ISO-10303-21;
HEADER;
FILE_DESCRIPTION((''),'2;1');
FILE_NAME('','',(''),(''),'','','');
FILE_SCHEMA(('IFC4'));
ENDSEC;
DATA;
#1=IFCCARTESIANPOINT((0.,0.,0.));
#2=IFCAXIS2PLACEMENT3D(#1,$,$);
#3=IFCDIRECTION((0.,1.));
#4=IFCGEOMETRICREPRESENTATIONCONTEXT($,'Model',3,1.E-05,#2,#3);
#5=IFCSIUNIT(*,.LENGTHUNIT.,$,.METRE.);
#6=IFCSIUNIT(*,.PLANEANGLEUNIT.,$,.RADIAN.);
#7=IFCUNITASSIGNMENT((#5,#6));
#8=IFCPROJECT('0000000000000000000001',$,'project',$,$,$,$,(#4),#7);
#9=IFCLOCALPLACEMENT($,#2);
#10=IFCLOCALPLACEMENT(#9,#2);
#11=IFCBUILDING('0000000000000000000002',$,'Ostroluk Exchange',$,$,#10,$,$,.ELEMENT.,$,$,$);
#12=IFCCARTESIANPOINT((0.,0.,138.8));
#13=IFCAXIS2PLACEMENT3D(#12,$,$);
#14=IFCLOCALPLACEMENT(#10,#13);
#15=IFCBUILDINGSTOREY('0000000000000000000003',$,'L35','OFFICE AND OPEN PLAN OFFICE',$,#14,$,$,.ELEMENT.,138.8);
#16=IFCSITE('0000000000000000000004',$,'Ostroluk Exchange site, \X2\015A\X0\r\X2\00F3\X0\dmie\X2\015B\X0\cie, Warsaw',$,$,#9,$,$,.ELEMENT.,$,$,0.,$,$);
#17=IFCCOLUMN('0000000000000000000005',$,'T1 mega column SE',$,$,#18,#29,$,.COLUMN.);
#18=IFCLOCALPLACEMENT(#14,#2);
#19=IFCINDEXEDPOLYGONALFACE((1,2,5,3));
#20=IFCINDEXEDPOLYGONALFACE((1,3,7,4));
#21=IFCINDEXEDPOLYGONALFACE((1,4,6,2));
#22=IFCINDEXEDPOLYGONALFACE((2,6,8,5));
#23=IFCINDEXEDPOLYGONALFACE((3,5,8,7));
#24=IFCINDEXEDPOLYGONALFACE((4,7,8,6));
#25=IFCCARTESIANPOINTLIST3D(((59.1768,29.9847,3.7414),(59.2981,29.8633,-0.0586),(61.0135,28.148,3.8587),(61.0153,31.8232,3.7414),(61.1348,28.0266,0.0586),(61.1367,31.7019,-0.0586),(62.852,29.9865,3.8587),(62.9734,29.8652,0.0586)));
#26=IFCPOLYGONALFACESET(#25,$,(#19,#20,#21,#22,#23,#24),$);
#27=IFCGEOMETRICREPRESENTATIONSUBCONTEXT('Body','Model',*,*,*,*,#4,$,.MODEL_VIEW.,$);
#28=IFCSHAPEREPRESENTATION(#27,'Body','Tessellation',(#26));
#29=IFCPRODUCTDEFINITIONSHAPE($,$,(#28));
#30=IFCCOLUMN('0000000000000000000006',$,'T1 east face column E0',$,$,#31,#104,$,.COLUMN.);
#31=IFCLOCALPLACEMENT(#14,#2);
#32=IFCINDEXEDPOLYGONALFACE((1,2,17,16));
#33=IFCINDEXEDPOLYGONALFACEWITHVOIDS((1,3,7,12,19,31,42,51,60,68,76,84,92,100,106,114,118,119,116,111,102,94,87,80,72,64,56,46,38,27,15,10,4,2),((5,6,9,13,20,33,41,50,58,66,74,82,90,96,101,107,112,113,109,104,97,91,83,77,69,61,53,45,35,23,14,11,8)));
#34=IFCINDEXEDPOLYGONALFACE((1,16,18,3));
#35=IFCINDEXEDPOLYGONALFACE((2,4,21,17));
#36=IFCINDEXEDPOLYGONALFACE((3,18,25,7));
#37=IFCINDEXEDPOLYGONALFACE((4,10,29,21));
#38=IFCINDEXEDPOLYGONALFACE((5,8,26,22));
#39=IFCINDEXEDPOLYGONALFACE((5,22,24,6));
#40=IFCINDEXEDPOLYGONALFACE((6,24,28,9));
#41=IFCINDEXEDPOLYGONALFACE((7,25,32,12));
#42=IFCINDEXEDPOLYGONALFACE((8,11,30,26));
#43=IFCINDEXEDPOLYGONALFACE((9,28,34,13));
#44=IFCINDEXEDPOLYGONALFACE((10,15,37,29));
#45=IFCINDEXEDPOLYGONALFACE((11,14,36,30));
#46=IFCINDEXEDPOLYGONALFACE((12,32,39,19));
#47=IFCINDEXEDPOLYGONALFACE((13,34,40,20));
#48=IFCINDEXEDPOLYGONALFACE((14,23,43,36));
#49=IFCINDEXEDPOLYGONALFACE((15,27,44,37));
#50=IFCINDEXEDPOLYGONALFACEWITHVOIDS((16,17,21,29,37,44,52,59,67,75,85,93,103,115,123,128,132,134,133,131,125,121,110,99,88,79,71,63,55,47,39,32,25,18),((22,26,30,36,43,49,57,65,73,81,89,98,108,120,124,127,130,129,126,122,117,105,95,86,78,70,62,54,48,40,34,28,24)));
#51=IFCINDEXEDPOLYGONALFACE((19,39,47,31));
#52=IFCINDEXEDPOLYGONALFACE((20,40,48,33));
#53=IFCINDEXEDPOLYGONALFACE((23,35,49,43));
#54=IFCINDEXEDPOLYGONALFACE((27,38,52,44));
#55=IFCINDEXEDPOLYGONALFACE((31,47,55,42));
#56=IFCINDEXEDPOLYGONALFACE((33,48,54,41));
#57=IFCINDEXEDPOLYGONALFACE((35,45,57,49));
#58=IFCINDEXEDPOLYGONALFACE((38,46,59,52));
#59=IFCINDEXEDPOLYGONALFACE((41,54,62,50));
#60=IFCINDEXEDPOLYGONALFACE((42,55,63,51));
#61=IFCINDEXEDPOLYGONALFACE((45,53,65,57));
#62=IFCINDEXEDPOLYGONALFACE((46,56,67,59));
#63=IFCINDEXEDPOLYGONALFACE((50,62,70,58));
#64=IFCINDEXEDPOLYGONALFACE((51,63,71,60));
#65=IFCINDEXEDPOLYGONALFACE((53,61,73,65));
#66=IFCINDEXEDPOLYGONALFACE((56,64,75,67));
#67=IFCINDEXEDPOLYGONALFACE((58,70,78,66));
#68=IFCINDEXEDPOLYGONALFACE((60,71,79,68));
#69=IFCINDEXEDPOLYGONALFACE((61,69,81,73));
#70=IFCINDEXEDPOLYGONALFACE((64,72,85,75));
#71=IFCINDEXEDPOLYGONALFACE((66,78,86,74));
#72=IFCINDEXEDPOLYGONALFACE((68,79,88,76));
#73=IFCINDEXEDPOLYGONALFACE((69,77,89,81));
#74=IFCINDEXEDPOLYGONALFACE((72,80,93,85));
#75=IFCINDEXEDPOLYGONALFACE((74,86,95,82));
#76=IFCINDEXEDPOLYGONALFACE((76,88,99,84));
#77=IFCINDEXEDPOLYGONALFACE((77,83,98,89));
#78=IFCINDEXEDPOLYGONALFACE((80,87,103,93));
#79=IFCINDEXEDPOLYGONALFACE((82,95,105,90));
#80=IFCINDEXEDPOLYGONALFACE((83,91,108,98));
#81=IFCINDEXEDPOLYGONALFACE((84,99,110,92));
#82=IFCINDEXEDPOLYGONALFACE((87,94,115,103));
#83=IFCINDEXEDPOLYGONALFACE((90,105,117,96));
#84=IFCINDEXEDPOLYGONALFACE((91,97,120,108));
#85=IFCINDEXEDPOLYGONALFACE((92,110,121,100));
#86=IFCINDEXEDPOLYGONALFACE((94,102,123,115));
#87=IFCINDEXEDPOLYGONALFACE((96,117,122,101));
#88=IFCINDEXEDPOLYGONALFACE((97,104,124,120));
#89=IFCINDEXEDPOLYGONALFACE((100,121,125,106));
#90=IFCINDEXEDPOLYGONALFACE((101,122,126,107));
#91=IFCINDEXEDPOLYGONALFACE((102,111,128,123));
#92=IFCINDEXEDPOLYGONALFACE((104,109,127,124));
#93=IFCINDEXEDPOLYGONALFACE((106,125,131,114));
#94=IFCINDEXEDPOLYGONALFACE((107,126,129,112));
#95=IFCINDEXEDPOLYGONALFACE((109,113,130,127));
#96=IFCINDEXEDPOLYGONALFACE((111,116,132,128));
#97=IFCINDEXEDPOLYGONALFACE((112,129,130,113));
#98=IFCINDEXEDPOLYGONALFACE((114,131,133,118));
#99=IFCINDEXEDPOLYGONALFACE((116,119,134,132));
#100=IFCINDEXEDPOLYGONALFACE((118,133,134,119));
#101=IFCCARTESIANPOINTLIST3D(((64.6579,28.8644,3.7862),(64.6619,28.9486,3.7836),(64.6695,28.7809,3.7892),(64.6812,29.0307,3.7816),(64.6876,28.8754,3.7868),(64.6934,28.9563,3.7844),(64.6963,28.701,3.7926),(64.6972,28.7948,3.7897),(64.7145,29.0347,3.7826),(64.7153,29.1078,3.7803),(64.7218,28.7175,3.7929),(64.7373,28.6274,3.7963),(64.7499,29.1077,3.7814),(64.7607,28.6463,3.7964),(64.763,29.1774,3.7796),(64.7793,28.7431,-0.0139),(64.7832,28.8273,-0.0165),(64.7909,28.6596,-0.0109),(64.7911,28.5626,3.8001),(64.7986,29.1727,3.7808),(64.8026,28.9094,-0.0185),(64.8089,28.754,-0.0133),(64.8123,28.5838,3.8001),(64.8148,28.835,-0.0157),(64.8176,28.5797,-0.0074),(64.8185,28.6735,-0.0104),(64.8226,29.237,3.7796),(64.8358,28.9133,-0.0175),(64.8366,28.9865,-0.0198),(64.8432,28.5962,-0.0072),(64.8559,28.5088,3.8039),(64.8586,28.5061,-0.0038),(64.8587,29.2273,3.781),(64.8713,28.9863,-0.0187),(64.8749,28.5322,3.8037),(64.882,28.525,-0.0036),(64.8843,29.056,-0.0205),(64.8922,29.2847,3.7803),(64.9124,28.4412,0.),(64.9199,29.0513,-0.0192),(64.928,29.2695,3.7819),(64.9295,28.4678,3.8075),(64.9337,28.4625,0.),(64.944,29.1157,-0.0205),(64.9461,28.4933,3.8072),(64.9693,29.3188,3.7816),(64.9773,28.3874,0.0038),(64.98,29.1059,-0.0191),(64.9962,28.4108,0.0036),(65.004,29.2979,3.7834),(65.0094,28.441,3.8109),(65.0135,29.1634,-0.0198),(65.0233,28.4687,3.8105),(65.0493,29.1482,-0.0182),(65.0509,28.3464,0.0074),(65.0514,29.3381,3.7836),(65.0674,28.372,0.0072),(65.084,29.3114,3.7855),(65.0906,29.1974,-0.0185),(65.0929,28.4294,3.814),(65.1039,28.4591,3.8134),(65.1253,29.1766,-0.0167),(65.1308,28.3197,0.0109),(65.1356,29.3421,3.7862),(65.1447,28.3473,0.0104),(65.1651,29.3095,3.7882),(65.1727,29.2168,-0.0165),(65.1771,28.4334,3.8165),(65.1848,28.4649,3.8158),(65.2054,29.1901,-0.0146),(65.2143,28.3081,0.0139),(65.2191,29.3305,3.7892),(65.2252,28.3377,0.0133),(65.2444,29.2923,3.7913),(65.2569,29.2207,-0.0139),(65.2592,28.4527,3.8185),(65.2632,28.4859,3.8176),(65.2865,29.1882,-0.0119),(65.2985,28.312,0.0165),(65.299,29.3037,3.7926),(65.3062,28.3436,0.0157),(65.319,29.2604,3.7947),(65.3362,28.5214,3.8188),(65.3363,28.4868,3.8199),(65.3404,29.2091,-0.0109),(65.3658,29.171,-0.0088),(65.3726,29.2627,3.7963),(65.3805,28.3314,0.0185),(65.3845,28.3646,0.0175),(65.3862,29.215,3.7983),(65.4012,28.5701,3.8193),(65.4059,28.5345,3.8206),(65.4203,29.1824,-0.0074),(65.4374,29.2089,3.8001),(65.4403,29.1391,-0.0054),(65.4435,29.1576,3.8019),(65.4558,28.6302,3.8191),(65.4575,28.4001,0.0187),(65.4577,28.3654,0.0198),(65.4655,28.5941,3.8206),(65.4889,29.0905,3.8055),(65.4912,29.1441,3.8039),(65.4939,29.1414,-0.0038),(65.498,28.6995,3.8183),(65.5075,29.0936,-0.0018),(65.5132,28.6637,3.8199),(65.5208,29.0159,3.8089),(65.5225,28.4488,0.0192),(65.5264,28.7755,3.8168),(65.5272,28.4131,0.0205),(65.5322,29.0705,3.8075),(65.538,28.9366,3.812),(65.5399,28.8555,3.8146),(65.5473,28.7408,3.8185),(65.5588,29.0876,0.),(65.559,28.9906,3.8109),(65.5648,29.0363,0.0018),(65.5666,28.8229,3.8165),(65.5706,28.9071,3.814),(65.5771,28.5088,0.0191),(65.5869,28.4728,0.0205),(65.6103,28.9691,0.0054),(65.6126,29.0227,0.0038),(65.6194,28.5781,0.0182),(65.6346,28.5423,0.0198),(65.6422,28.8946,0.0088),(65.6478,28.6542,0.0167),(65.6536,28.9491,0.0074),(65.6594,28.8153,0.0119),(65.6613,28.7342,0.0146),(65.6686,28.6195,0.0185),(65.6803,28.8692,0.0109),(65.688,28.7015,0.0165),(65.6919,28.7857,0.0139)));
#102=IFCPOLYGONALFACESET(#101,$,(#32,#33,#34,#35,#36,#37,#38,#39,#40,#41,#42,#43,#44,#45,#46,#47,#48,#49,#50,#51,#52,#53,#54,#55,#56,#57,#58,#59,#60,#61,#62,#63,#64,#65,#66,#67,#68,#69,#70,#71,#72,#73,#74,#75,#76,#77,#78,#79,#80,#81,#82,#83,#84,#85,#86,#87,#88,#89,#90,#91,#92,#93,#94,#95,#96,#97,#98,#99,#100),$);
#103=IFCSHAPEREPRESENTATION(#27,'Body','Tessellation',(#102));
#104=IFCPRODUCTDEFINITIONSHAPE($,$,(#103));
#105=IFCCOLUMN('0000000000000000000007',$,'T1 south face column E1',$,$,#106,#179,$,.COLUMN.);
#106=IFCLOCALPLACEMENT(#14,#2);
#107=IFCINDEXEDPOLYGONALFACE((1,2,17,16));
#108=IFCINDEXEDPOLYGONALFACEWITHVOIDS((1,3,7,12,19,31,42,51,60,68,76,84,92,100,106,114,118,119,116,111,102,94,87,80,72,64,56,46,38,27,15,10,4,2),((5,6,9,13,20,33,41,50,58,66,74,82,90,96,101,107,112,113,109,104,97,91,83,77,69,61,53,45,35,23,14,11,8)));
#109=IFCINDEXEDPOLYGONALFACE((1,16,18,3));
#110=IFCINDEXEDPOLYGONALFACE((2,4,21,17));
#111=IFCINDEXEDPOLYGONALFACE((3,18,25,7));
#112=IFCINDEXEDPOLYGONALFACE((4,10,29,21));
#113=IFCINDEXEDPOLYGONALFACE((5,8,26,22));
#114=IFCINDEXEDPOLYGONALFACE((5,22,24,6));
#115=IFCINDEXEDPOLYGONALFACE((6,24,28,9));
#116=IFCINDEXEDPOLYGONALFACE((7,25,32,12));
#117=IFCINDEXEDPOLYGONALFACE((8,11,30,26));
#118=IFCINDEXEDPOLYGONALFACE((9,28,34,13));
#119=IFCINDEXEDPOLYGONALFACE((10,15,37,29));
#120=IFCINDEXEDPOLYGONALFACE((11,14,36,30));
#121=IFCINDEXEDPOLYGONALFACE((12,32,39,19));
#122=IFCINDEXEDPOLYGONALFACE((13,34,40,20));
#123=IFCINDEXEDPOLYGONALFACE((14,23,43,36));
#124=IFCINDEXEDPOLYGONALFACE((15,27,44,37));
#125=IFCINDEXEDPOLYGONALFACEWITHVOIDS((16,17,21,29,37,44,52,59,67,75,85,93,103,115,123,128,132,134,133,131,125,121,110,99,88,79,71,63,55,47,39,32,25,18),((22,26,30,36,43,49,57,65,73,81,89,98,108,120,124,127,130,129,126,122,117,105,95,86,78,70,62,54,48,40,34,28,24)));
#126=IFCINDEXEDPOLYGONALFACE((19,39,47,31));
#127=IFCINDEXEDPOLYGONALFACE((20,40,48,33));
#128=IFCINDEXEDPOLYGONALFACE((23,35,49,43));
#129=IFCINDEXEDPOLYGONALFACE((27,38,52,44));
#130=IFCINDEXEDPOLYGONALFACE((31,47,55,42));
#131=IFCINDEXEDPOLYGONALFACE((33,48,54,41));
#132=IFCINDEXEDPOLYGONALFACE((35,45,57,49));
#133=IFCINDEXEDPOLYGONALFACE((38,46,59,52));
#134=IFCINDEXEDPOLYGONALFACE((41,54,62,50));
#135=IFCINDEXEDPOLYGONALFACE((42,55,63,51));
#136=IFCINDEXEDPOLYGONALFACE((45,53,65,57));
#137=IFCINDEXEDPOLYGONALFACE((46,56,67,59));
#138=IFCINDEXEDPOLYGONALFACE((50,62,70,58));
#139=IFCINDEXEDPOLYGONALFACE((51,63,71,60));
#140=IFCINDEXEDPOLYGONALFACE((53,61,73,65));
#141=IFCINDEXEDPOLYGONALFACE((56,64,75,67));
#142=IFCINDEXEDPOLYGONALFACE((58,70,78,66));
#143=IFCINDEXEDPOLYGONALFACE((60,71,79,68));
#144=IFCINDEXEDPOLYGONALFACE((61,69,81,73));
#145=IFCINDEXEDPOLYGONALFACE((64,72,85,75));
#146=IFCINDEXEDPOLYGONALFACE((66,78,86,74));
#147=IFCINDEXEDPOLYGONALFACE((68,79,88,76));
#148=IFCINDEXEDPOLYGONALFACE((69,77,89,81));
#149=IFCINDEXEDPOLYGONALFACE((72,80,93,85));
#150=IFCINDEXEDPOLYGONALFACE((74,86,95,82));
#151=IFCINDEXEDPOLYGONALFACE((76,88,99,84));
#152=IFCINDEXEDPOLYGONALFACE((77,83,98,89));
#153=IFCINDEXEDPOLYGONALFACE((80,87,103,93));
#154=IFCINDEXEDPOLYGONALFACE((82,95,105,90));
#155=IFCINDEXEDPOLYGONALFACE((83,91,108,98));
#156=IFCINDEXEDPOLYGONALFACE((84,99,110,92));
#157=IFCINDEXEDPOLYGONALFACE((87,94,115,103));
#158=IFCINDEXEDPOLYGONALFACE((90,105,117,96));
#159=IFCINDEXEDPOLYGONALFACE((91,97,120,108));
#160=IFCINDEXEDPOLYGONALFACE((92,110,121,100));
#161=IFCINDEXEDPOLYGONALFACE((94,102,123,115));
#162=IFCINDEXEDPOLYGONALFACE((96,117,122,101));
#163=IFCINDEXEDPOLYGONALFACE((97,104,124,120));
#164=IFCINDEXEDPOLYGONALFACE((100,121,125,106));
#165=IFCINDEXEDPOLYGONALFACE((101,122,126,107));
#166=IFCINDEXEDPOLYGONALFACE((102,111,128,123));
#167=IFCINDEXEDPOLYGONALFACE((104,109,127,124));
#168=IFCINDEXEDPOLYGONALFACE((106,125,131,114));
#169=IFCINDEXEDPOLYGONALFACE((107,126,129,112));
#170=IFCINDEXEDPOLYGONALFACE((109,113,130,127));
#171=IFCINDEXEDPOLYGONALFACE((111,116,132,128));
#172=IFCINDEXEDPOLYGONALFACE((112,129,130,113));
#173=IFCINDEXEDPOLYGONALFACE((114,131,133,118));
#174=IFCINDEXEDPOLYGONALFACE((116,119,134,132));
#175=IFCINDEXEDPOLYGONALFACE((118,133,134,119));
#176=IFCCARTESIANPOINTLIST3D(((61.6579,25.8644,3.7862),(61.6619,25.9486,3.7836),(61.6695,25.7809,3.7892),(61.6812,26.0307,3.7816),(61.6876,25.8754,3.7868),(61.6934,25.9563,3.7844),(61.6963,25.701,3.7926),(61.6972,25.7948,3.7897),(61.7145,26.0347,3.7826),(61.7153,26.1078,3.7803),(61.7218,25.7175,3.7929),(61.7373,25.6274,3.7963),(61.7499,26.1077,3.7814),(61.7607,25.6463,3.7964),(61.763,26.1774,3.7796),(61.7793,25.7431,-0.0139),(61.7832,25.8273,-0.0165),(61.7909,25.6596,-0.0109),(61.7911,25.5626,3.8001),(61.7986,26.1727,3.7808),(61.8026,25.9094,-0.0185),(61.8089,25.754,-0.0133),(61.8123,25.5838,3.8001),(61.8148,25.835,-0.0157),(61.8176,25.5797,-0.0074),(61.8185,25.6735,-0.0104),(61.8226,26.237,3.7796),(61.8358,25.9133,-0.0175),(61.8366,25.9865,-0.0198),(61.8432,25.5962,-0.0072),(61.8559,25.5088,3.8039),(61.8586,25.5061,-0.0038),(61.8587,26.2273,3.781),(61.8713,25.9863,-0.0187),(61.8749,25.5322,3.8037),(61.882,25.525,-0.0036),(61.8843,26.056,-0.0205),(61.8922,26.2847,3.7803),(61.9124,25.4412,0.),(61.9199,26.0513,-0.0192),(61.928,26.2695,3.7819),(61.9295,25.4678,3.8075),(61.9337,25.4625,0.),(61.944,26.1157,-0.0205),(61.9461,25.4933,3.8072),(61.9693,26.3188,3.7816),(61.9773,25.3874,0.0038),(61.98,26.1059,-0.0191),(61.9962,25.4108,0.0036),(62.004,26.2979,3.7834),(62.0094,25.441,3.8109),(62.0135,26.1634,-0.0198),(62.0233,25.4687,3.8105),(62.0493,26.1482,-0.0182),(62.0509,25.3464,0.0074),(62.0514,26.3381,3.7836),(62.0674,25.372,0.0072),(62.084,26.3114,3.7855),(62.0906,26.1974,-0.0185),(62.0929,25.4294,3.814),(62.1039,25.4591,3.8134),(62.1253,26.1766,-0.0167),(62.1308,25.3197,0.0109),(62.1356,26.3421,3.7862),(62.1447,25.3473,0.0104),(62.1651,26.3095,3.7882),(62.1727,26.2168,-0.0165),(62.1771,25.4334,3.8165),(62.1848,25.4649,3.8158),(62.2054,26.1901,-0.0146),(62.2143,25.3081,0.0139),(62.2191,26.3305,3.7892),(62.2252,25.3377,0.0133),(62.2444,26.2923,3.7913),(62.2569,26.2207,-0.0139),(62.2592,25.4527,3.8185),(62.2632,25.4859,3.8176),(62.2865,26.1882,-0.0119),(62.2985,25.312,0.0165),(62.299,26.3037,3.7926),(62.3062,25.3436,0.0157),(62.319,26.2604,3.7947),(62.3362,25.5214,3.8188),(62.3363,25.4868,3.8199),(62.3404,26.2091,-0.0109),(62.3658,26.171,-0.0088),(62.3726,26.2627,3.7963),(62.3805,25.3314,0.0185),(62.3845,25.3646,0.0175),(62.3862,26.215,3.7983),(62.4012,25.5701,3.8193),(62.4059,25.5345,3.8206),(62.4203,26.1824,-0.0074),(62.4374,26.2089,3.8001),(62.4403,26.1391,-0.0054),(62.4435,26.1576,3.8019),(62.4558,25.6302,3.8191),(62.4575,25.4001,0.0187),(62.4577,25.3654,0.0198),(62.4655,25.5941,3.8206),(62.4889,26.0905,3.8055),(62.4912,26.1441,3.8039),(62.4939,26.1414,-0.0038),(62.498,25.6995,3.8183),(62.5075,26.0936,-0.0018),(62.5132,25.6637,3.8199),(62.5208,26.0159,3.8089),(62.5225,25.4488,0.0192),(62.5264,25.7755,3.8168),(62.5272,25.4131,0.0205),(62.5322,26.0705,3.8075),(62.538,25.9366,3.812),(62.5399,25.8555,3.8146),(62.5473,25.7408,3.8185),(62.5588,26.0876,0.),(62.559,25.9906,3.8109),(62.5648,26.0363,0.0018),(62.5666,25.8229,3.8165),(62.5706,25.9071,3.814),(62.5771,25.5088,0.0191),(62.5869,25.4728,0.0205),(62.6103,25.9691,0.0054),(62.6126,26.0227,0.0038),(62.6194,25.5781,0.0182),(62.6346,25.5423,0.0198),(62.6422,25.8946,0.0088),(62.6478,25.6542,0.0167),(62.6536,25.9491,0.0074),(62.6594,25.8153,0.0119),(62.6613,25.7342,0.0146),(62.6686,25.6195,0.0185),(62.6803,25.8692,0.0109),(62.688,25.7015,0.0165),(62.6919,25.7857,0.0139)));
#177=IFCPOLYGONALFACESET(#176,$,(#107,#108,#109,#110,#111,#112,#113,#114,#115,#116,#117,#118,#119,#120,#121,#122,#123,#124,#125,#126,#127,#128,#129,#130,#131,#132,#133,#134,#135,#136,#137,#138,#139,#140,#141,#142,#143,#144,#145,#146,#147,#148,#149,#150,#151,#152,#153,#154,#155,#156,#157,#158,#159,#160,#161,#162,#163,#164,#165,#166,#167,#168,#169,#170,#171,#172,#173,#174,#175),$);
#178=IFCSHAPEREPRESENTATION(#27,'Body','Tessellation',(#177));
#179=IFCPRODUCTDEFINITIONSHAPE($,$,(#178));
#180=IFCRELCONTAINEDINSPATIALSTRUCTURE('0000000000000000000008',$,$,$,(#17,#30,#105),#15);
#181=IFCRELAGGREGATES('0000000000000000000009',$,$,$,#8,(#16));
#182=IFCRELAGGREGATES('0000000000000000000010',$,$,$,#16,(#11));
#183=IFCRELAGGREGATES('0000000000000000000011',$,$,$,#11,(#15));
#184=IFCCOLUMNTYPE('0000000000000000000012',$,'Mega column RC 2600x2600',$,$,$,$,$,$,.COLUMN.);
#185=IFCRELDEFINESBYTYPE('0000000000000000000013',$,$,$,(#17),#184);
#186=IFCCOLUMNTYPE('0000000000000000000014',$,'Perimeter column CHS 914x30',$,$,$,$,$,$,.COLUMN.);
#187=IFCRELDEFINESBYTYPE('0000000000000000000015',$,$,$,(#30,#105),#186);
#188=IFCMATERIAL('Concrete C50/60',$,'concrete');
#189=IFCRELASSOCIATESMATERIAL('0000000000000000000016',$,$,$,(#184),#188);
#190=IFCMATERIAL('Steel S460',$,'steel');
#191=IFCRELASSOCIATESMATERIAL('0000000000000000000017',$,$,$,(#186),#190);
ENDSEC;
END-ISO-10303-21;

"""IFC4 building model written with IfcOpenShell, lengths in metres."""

from ifc_helpers import new_model, si_unit, direction, frame, origin, origin_2d, place, context, subcontext, project, spatial, rectangle, hollow_circle, extrude, material, material_profile, profile_set, type_object, element, save


model = new_model("IFC4")

# Units and contexts
model_context = context("Model", 3, precision=1e-05, world=origin(), true_north=direction((0.0, 1.0)))
body_context = subcontext(model_context, "Body", "Model", "MODEL_VIEW")
ifc_project = project(units=[si_unit("LENGTHUNIT", "METRE"), si_unit("PLANEANGLEUNIT", "RADIAN")], contexts=[model_context])

# Site, building, storey
site_placement = place(None, origin())
site = spatial("IfcSite", under=ifc_project, at=site_placement, Name="Ostroluk Exchange site, Śródmieście, Warsaw", CompositionType="ELEMENT", RefElevation=0.0)
building_placement = place(site_placement, origin())
building = spatial("IfcBuilding", under=site, at=building_placement, Name="Ostroluk Exchange", CompositionType="ELEMENT")
storey_placement = place(building_placement, frame((0.0, 0.0, 138.8)))
storey = spatial("IfcBuildingStorey", under=building, at=storey_placement, Name="L35", Description="OFFICE AND OPEN PLAN OFFICE", CompositionType="ELEMENT", Elevation=138.8)

# Columns
ifc_material_1 = material(Name="Concrete C50/60", Category="concrete")
ifc_material_profile_1 = material_profile(ifc_material_1, rectangle(XDim=2.6001, YDim=2.6001, at=origin_2d()), Name="RC 2600x2600")
ifc_profile_set_1 = profile_set([ifc_material_profile_1], Name="Concrete C50/60")
column_type_1 = type_object("IfcColumnType", Name="Mega column RC 2600x2600", PredefinedType="COLUMN", material=ifc_profile_set_1)
column_placement = place(storey_placement, frame((61.1357, 29.8643, 0.0), z_axis=(-0.031898, 0.031898, 0.998982), x_axis=(-0.707107, -0.707107, 0.0)))
element("IfcColumn", 1, at=column_placement, inside=storey, type_object=column_type_1, Name="T1 mega column SE", PredefinedType="COLUMN", context=body_context, shape_type="SweptSolid", body=[
    extrude(rectangle(XDim=2.6001, YDim=2.6001, at=origin_2d()), origin(), (0.0, 0.0, 1.0), 3.804),
])
ifc_material_2 = material(Name="Steel S460", Category="steel")
ifc_material_profile_2 = material_profile(ifc_material_2, hollow_circle(Radius=0.457, WallThickness=0.03, at=origin_2d()), Name="CHS 914x30")
ifc_profile_set_2 = profile_set([ifc_material_profile_2], Name="Steel S460")
column_type_2 = type_object("IfcColumnType", Name="Perimeter column CHS 914x30", PredefinedType="COLUMN", material=ifc_profile_set_2)
for number, where, z_axis, x_axis, name in (
    (2, (65.2356, 28.7644, 0.0), (-0.031898, 0.031898, 0.998982), (-0.707107, -0.707107, 0.0), "T1 east face column E0"),
    (3, (62.2356, 25.7644, 0.0), (-0.031898, 0.031898, 0.998982), (-0.707107, -0.707107, 0.0), "T1 south face column E1"),
):
    element("IfcColumn", number, at=place(storey_placement, frame(where, z_axis=z_axis, x_axis=x_axis)), inside=storey, type_object=column_type_2, Name=name, PredefinedType="COLUMN", context=body_context, shape_type="SweptSolid", body=[
        extrude(hollow_circle(Radius=0.457, WallThickness=0.03, at=origin_2d()), origin(), (0.0, 0.0, 1.0), 3.804),
    ])

save(model, "model.ifc")
